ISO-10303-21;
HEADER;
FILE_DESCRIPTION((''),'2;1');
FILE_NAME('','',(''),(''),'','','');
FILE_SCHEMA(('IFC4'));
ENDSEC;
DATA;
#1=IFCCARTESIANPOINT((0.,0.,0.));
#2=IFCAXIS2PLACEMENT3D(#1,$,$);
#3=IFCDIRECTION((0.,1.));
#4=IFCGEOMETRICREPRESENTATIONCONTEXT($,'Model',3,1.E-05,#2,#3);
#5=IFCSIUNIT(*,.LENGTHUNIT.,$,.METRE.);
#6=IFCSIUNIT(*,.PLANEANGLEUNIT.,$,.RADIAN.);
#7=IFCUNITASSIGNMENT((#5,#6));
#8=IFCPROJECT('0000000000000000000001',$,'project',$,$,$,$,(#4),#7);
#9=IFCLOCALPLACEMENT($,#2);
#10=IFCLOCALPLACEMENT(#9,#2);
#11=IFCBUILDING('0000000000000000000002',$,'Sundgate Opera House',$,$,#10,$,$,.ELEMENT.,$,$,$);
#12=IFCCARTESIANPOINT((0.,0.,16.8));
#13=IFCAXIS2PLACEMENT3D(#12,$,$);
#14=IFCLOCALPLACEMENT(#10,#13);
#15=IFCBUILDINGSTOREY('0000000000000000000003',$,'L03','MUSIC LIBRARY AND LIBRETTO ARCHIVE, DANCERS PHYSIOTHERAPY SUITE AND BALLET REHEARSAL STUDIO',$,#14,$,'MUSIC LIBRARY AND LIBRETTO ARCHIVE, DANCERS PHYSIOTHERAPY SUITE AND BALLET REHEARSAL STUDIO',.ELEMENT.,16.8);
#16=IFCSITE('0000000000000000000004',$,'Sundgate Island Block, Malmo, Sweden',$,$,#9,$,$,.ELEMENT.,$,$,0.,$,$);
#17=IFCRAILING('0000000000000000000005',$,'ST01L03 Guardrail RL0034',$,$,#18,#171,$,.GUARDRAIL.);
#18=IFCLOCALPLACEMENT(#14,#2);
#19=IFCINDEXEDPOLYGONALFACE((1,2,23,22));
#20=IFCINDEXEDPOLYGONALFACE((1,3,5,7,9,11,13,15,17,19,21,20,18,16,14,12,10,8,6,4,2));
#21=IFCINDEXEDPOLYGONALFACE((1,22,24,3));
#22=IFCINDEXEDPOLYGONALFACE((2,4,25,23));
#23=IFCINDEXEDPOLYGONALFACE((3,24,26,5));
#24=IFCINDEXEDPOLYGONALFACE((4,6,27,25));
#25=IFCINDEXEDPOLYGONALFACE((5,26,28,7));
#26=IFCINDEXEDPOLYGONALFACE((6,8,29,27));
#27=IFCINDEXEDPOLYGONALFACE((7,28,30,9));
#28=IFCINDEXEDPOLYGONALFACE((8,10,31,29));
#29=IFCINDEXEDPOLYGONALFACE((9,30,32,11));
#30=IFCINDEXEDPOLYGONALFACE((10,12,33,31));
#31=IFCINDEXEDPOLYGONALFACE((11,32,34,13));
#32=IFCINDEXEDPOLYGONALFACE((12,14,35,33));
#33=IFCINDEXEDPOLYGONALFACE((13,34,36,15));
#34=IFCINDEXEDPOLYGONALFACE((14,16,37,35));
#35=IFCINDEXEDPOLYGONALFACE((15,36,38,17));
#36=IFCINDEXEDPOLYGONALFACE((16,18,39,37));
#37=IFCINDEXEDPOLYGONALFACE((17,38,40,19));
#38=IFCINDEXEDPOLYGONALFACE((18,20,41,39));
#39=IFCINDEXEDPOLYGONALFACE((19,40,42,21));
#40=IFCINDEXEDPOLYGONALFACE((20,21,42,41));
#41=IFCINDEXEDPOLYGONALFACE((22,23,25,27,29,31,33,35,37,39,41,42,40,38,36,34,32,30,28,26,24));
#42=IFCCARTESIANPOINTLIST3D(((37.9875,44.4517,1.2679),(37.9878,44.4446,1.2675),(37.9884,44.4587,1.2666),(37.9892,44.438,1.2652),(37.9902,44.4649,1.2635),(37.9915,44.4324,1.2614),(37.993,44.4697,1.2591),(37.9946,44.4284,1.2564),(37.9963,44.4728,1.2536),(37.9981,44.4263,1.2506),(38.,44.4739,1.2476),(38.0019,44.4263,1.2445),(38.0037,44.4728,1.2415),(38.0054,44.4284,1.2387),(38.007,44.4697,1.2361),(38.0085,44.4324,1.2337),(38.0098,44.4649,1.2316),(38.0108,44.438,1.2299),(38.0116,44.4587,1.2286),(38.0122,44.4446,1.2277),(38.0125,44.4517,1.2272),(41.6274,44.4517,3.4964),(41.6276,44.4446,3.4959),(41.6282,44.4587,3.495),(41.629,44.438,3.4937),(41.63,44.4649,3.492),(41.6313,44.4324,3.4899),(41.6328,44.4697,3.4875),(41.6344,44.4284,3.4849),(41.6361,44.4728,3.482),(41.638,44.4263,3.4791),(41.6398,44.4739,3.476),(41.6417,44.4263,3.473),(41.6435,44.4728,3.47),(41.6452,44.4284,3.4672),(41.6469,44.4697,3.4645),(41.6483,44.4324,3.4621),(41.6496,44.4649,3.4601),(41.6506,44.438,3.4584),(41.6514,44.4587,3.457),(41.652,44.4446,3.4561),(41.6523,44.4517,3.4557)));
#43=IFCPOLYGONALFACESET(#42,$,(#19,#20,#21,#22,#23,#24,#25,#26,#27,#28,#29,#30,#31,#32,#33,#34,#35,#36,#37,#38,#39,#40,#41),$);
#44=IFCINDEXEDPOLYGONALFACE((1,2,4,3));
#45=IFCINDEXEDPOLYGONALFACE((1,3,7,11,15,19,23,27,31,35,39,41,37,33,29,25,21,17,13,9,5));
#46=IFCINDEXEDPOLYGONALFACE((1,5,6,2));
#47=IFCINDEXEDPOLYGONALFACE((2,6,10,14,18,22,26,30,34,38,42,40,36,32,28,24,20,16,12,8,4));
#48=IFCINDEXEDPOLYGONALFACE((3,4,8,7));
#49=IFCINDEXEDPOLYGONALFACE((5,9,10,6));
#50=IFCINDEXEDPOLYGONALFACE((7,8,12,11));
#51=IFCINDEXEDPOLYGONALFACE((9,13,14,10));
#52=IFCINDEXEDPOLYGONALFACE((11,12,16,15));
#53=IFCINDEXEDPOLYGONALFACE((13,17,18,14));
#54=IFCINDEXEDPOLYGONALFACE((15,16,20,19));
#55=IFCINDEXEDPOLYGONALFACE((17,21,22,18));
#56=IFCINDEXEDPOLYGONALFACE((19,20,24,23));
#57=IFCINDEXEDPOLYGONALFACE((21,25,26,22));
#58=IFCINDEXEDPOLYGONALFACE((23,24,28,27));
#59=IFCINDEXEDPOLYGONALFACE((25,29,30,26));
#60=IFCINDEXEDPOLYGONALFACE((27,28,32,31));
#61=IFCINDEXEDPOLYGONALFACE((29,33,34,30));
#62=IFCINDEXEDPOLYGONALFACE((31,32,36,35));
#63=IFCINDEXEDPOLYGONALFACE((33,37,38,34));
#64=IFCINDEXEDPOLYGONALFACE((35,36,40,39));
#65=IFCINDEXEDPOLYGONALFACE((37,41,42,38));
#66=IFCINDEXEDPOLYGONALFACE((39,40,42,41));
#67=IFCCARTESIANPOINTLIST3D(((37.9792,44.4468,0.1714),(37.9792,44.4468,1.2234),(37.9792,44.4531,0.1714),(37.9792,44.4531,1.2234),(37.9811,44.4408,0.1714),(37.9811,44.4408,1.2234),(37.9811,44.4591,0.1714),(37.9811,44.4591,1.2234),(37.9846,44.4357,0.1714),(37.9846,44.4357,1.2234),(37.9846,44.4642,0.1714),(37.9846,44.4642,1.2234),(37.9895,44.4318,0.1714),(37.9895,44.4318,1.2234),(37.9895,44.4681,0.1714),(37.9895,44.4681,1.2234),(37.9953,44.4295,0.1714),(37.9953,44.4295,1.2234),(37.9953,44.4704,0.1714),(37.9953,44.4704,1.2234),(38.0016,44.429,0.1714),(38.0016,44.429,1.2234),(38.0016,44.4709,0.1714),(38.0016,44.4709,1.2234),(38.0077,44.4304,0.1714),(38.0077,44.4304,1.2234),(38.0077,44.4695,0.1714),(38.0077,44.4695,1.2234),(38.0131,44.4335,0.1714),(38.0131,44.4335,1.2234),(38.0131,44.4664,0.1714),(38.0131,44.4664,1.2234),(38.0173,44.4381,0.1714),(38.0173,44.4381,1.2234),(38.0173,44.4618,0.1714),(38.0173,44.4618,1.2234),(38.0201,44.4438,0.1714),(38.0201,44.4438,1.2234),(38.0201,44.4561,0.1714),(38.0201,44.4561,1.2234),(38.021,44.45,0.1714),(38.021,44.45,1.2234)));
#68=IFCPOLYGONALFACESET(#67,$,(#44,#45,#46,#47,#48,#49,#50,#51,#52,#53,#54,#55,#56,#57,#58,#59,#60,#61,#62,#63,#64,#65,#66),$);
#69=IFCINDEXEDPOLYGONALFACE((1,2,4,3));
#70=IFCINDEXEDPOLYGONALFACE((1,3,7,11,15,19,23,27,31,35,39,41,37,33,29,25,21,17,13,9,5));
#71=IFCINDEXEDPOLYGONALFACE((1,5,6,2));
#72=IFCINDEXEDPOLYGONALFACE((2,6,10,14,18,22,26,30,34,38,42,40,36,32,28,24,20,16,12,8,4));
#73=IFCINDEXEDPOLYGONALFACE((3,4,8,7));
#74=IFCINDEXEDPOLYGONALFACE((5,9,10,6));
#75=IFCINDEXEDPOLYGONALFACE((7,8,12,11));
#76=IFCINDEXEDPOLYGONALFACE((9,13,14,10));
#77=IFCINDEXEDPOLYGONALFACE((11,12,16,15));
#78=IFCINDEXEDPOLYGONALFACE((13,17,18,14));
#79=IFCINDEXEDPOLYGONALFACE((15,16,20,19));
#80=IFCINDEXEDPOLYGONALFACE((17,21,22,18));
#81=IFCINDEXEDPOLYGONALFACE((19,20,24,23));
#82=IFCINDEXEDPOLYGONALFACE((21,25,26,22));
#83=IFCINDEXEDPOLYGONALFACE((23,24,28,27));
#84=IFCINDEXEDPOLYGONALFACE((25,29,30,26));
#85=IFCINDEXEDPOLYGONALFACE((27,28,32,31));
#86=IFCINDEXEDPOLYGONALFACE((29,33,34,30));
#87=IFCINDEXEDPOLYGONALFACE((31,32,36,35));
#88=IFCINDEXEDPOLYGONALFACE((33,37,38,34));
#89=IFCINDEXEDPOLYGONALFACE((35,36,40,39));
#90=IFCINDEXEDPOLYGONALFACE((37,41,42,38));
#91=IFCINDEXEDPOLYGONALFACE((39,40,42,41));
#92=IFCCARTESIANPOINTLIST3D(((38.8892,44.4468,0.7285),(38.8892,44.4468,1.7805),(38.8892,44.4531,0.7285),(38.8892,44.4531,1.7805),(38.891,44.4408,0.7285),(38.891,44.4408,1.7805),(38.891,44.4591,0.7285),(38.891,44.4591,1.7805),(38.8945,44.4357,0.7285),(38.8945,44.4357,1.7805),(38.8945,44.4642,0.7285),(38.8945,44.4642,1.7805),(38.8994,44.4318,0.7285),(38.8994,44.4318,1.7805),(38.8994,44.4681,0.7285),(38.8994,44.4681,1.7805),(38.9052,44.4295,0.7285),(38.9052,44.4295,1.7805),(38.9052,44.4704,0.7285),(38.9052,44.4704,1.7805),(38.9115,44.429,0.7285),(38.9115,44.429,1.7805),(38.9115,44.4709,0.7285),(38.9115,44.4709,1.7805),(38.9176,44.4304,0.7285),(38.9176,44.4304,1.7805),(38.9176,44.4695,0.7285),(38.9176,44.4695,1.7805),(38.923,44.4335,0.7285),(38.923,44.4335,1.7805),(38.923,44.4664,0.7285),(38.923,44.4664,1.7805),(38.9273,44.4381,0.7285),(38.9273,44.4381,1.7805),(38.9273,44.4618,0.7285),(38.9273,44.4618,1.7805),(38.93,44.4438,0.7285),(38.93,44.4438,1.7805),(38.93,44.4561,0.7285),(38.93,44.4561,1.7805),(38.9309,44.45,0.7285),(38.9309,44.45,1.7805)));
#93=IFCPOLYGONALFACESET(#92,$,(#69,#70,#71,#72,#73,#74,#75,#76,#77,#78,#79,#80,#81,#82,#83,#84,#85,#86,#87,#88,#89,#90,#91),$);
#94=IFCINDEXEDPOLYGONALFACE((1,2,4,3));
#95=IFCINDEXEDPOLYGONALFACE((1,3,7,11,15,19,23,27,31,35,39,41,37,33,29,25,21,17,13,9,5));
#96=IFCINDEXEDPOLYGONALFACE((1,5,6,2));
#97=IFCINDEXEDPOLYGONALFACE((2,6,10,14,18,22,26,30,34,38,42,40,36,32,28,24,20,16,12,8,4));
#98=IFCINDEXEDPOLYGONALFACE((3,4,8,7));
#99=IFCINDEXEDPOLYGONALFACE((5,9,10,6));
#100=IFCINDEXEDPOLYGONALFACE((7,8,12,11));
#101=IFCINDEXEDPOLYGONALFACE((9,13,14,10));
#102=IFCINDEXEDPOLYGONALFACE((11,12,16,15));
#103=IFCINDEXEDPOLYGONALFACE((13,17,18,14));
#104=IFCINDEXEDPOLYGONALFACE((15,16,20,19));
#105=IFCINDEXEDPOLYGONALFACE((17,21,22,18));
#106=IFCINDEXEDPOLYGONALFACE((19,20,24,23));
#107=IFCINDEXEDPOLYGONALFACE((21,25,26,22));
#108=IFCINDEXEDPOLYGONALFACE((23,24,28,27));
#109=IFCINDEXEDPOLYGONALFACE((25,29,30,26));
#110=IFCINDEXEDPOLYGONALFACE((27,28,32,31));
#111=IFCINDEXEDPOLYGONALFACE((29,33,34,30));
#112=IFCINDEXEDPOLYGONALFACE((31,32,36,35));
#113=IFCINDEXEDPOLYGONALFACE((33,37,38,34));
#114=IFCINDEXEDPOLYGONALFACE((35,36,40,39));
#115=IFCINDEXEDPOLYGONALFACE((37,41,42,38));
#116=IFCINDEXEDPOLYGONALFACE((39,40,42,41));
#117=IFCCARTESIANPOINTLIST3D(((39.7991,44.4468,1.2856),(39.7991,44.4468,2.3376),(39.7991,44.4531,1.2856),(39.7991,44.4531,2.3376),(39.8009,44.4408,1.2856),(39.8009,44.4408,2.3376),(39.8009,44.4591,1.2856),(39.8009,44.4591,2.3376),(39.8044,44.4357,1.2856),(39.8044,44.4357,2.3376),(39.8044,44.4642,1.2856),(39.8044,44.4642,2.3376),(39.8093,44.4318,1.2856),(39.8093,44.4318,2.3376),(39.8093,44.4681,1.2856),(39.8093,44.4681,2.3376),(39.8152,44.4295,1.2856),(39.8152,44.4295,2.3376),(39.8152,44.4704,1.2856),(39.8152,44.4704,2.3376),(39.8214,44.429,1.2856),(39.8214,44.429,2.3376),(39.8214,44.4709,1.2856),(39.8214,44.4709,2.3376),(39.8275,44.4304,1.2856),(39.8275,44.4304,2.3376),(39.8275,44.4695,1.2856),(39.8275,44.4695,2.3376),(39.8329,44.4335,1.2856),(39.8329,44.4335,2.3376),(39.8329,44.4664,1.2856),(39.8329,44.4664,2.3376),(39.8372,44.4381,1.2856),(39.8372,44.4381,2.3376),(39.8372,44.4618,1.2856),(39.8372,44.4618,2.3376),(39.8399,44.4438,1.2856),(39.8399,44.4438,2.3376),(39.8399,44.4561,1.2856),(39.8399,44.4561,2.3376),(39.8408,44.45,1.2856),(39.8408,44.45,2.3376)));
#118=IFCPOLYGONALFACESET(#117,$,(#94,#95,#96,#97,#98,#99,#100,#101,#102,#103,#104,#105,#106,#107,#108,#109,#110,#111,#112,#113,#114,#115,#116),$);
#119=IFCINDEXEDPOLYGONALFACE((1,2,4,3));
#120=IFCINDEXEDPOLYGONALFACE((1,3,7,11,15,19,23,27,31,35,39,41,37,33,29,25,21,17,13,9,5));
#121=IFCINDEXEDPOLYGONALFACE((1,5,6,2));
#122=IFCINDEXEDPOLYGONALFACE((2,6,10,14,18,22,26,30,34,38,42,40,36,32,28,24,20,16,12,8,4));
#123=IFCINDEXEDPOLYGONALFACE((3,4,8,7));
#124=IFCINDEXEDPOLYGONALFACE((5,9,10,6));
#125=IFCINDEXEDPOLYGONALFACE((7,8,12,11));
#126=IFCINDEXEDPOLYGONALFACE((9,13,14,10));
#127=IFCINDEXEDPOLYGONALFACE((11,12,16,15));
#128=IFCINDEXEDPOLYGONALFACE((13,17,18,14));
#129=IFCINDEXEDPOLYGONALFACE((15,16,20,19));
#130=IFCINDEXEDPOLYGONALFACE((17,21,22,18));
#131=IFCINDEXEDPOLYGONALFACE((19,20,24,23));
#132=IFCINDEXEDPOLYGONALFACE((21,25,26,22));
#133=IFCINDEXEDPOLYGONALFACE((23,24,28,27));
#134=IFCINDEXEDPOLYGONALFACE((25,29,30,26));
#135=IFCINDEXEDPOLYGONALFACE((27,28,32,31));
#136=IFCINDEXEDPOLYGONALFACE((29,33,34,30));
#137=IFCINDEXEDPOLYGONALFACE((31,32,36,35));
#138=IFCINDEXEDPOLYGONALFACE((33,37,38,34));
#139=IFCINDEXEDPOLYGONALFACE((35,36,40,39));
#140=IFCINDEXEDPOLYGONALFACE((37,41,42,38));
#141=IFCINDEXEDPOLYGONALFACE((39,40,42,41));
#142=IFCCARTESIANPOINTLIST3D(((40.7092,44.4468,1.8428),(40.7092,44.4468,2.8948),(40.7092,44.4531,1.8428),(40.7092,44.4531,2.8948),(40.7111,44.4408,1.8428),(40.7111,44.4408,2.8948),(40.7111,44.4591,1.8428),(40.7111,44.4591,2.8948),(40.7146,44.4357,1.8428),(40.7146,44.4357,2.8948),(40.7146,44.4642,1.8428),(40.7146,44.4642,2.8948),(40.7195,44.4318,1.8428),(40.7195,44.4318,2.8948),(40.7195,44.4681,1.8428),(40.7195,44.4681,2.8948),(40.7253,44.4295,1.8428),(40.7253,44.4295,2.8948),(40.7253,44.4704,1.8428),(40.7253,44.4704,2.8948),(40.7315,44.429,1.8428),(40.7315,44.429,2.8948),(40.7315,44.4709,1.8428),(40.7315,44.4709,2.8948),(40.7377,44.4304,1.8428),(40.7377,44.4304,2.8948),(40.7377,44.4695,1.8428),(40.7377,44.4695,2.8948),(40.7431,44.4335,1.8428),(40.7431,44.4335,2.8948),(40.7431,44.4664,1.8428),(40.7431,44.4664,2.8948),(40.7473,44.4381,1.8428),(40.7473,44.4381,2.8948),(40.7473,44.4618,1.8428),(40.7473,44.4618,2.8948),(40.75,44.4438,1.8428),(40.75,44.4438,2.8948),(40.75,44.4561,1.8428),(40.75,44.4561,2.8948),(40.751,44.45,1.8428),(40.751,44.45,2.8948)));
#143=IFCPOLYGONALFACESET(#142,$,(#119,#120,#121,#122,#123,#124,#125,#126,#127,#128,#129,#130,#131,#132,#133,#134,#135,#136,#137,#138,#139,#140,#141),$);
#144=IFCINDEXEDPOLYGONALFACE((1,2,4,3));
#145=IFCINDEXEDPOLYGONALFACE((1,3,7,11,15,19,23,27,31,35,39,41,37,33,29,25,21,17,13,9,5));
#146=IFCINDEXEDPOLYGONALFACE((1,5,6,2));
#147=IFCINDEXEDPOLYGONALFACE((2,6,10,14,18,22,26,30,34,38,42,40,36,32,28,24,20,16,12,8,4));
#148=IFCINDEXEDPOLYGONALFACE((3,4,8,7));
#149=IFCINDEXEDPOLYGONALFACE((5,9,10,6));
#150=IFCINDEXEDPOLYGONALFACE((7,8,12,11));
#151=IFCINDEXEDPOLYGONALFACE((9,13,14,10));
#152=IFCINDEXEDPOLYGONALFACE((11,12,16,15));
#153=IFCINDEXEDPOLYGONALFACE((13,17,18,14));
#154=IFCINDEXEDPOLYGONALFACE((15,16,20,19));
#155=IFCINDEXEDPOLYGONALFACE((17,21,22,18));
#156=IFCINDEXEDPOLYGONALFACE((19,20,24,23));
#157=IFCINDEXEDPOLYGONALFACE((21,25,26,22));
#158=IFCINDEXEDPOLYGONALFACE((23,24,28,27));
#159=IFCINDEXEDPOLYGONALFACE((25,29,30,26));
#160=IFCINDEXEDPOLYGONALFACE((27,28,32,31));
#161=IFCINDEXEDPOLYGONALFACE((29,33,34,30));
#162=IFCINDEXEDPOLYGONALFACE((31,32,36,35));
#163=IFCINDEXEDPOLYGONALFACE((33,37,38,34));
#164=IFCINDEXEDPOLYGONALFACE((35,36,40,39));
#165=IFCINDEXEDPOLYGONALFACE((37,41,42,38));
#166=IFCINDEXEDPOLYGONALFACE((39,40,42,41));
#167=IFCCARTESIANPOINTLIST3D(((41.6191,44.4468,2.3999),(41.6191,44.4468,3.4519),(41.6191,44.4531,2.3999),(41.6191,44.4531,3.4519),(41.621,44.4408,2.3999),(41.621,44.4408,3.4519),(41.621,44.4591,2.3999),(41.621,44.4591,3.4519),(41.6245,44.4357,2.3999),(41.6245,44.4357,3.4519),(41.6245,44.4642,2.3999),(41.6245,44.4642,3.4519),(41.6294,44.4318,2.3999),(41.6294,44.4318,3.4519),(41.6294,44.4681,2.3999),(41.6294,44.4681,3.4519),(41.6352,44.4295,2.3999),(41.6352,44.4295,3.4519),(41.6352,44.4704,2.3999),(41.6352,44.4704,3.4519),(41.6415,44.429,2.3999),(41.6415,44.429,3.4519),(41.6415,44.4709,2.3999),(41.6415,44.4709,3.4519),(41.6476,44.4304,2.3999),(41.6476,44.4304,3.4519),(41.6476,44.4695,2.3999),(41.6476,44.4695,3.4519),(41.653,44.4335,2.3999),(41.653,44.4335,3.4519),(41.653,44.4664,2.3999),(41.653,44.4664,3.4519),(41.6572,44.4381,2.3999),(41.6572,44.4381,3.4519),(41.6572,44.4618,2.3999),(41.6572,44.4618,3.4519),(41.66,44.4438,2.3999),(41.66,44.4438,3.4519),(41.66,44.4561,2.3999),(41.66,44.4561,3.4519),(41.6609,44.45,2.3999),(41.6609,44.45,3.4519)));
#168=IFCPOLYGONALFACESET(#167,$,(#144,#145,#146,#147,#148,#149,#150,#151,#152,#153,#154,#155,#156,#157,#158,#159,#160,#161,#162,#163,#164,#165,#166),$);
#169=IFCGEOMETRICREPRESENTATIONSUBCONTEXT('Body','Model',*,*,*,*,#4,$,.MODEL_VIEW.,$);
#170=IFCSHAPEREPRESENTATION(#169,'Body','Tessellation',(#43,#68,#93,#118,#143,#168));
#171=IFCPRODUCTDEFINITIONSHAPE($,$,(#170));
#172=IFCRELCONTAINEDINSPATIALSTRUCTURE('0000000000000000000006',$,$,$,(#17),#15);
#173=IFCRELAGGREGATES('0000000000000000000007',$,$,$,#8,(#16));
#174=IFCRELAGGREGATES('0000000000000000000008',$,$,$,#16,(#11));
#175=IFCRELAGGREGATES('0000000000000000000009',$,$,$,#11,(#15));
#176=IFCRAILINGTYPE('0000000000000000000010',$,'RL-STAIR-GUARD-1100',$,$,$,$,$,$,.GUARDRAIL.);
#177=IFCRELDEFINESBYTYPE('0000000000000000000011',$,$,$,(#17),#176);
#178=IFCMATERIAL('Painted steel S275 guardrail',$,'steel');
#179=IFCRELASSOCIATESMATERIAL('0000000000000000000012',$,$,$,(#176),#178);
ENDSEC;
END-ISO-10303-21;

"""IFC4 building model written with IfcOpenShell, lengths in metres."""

from ifc_helpers import new_model, si_unit, direction, frame, origin, origin_2d, place, context, subcontext, project, spatial, circle, extrude, material, type_object, element, save


model = new_model("IFC4")

# Units and contexts
model_context = context("Model", 3, precision=1e-05, world=origin(), true_north=direction((0.0, 1.0)))
body_context = subcontext(model_context, "Body", "Model", "MODEL_VIEW")
ifc_project = project(units=[si_unit("LENGTHUNIT", "METRE"), si_unit("PLANEANGLEUNIT", "RADIAN")], contexts=[model_context])

# Site, building, storey
site_placement = place(None, origin())
site = spatial("IfcSite", under=ifc_project, at=site_placement, Name="Sundgate Island Block, Malmo, Sweden", CompositionType="ELEMENT", RefElevation=0.0)
building_placement = place(site_placement, origin())
building = spatial("IfcBuilding", under=site, at=building_placement, Name="Sundgate Opera House", CompositionType="ELEMENT")
storey_placement = place(building_placement, frame((0.0, 0.0, 16.8)))
storey = spatial("IfcBuildingStorey", under=building, at=storey_placement, Name="L03", Description="MUSIC LIBRARY AND LIBRETTO ARCHIVE, DANCERS PHYSIOTHERAPY SUITE AND BALLET REHEARSAL STUDIO", LongName="MUSIC LIBRARY AND LIBRETTO ARCHIVE, DANCERS PHYSIOTHERAPY SUITE AND BALLET REHEARSAL STUDIO", CompositionType="ELEMENT", Elevation=16.8)

# Railing
ifc_material_1 = material(Name="Painted steel S275 guardrail", Category="steel")
railing_type_1 = type_object("IfcRailingType", Name="RL-STAIR-GUARD-1100", PredefinedType="GUARDRAIL", material=ifc_material_1)
railing_1_placement = place(storey_placement, frame((38.0, 44.45, 0.1714)))
element("IfcRailing", 1, at=railing_1_placement, inside=storey, type_object=railing_type_1, Name="ST01L03 Guardrail RL0034", PredefinedType="GUARDRAIL", context=body_context, shape_type="SweptSolid", body=[
    extrude(circle(Radius=0.0239, at=origin_2d()), frame((0.0, 0.0, 1.0762), z_axis=(0.85285, 0.0, 0.522156), x_axis=(0.0, 1.0, 0.0)), (0.0, 0.0, 1.0), 4.2678),
    extrude(circle(Radius=0.021, at=origin_2d()), origin(), (0.0, 0.0, 1.0), 1.052),
    extrude(circle(Radius=0.021, at=origin_2d()), frame((0.9099, 0.0, 0.5571)), (0.0, 0.0, 1.0), 1.052),
    extrude(circle(Radius=0.021, at=origin_2d()), frame((1.8198, 0.0, 1.1143)), (0.0, 0.0, 1.0), 1.052),
    extrude(circle(Radius=0.021, at=origin_2d()), frame((2.73, 0.0, 1.6714)), (0.0, 0.0, 1.0), 1.052),
    extrude(circle(Radius=0.021, at=origin_2d()), frame((3.6399, 0.0, 2.2285)), (0.0, 0.0, 1.0), 1.052),
])

save(model, "model.ifc")
